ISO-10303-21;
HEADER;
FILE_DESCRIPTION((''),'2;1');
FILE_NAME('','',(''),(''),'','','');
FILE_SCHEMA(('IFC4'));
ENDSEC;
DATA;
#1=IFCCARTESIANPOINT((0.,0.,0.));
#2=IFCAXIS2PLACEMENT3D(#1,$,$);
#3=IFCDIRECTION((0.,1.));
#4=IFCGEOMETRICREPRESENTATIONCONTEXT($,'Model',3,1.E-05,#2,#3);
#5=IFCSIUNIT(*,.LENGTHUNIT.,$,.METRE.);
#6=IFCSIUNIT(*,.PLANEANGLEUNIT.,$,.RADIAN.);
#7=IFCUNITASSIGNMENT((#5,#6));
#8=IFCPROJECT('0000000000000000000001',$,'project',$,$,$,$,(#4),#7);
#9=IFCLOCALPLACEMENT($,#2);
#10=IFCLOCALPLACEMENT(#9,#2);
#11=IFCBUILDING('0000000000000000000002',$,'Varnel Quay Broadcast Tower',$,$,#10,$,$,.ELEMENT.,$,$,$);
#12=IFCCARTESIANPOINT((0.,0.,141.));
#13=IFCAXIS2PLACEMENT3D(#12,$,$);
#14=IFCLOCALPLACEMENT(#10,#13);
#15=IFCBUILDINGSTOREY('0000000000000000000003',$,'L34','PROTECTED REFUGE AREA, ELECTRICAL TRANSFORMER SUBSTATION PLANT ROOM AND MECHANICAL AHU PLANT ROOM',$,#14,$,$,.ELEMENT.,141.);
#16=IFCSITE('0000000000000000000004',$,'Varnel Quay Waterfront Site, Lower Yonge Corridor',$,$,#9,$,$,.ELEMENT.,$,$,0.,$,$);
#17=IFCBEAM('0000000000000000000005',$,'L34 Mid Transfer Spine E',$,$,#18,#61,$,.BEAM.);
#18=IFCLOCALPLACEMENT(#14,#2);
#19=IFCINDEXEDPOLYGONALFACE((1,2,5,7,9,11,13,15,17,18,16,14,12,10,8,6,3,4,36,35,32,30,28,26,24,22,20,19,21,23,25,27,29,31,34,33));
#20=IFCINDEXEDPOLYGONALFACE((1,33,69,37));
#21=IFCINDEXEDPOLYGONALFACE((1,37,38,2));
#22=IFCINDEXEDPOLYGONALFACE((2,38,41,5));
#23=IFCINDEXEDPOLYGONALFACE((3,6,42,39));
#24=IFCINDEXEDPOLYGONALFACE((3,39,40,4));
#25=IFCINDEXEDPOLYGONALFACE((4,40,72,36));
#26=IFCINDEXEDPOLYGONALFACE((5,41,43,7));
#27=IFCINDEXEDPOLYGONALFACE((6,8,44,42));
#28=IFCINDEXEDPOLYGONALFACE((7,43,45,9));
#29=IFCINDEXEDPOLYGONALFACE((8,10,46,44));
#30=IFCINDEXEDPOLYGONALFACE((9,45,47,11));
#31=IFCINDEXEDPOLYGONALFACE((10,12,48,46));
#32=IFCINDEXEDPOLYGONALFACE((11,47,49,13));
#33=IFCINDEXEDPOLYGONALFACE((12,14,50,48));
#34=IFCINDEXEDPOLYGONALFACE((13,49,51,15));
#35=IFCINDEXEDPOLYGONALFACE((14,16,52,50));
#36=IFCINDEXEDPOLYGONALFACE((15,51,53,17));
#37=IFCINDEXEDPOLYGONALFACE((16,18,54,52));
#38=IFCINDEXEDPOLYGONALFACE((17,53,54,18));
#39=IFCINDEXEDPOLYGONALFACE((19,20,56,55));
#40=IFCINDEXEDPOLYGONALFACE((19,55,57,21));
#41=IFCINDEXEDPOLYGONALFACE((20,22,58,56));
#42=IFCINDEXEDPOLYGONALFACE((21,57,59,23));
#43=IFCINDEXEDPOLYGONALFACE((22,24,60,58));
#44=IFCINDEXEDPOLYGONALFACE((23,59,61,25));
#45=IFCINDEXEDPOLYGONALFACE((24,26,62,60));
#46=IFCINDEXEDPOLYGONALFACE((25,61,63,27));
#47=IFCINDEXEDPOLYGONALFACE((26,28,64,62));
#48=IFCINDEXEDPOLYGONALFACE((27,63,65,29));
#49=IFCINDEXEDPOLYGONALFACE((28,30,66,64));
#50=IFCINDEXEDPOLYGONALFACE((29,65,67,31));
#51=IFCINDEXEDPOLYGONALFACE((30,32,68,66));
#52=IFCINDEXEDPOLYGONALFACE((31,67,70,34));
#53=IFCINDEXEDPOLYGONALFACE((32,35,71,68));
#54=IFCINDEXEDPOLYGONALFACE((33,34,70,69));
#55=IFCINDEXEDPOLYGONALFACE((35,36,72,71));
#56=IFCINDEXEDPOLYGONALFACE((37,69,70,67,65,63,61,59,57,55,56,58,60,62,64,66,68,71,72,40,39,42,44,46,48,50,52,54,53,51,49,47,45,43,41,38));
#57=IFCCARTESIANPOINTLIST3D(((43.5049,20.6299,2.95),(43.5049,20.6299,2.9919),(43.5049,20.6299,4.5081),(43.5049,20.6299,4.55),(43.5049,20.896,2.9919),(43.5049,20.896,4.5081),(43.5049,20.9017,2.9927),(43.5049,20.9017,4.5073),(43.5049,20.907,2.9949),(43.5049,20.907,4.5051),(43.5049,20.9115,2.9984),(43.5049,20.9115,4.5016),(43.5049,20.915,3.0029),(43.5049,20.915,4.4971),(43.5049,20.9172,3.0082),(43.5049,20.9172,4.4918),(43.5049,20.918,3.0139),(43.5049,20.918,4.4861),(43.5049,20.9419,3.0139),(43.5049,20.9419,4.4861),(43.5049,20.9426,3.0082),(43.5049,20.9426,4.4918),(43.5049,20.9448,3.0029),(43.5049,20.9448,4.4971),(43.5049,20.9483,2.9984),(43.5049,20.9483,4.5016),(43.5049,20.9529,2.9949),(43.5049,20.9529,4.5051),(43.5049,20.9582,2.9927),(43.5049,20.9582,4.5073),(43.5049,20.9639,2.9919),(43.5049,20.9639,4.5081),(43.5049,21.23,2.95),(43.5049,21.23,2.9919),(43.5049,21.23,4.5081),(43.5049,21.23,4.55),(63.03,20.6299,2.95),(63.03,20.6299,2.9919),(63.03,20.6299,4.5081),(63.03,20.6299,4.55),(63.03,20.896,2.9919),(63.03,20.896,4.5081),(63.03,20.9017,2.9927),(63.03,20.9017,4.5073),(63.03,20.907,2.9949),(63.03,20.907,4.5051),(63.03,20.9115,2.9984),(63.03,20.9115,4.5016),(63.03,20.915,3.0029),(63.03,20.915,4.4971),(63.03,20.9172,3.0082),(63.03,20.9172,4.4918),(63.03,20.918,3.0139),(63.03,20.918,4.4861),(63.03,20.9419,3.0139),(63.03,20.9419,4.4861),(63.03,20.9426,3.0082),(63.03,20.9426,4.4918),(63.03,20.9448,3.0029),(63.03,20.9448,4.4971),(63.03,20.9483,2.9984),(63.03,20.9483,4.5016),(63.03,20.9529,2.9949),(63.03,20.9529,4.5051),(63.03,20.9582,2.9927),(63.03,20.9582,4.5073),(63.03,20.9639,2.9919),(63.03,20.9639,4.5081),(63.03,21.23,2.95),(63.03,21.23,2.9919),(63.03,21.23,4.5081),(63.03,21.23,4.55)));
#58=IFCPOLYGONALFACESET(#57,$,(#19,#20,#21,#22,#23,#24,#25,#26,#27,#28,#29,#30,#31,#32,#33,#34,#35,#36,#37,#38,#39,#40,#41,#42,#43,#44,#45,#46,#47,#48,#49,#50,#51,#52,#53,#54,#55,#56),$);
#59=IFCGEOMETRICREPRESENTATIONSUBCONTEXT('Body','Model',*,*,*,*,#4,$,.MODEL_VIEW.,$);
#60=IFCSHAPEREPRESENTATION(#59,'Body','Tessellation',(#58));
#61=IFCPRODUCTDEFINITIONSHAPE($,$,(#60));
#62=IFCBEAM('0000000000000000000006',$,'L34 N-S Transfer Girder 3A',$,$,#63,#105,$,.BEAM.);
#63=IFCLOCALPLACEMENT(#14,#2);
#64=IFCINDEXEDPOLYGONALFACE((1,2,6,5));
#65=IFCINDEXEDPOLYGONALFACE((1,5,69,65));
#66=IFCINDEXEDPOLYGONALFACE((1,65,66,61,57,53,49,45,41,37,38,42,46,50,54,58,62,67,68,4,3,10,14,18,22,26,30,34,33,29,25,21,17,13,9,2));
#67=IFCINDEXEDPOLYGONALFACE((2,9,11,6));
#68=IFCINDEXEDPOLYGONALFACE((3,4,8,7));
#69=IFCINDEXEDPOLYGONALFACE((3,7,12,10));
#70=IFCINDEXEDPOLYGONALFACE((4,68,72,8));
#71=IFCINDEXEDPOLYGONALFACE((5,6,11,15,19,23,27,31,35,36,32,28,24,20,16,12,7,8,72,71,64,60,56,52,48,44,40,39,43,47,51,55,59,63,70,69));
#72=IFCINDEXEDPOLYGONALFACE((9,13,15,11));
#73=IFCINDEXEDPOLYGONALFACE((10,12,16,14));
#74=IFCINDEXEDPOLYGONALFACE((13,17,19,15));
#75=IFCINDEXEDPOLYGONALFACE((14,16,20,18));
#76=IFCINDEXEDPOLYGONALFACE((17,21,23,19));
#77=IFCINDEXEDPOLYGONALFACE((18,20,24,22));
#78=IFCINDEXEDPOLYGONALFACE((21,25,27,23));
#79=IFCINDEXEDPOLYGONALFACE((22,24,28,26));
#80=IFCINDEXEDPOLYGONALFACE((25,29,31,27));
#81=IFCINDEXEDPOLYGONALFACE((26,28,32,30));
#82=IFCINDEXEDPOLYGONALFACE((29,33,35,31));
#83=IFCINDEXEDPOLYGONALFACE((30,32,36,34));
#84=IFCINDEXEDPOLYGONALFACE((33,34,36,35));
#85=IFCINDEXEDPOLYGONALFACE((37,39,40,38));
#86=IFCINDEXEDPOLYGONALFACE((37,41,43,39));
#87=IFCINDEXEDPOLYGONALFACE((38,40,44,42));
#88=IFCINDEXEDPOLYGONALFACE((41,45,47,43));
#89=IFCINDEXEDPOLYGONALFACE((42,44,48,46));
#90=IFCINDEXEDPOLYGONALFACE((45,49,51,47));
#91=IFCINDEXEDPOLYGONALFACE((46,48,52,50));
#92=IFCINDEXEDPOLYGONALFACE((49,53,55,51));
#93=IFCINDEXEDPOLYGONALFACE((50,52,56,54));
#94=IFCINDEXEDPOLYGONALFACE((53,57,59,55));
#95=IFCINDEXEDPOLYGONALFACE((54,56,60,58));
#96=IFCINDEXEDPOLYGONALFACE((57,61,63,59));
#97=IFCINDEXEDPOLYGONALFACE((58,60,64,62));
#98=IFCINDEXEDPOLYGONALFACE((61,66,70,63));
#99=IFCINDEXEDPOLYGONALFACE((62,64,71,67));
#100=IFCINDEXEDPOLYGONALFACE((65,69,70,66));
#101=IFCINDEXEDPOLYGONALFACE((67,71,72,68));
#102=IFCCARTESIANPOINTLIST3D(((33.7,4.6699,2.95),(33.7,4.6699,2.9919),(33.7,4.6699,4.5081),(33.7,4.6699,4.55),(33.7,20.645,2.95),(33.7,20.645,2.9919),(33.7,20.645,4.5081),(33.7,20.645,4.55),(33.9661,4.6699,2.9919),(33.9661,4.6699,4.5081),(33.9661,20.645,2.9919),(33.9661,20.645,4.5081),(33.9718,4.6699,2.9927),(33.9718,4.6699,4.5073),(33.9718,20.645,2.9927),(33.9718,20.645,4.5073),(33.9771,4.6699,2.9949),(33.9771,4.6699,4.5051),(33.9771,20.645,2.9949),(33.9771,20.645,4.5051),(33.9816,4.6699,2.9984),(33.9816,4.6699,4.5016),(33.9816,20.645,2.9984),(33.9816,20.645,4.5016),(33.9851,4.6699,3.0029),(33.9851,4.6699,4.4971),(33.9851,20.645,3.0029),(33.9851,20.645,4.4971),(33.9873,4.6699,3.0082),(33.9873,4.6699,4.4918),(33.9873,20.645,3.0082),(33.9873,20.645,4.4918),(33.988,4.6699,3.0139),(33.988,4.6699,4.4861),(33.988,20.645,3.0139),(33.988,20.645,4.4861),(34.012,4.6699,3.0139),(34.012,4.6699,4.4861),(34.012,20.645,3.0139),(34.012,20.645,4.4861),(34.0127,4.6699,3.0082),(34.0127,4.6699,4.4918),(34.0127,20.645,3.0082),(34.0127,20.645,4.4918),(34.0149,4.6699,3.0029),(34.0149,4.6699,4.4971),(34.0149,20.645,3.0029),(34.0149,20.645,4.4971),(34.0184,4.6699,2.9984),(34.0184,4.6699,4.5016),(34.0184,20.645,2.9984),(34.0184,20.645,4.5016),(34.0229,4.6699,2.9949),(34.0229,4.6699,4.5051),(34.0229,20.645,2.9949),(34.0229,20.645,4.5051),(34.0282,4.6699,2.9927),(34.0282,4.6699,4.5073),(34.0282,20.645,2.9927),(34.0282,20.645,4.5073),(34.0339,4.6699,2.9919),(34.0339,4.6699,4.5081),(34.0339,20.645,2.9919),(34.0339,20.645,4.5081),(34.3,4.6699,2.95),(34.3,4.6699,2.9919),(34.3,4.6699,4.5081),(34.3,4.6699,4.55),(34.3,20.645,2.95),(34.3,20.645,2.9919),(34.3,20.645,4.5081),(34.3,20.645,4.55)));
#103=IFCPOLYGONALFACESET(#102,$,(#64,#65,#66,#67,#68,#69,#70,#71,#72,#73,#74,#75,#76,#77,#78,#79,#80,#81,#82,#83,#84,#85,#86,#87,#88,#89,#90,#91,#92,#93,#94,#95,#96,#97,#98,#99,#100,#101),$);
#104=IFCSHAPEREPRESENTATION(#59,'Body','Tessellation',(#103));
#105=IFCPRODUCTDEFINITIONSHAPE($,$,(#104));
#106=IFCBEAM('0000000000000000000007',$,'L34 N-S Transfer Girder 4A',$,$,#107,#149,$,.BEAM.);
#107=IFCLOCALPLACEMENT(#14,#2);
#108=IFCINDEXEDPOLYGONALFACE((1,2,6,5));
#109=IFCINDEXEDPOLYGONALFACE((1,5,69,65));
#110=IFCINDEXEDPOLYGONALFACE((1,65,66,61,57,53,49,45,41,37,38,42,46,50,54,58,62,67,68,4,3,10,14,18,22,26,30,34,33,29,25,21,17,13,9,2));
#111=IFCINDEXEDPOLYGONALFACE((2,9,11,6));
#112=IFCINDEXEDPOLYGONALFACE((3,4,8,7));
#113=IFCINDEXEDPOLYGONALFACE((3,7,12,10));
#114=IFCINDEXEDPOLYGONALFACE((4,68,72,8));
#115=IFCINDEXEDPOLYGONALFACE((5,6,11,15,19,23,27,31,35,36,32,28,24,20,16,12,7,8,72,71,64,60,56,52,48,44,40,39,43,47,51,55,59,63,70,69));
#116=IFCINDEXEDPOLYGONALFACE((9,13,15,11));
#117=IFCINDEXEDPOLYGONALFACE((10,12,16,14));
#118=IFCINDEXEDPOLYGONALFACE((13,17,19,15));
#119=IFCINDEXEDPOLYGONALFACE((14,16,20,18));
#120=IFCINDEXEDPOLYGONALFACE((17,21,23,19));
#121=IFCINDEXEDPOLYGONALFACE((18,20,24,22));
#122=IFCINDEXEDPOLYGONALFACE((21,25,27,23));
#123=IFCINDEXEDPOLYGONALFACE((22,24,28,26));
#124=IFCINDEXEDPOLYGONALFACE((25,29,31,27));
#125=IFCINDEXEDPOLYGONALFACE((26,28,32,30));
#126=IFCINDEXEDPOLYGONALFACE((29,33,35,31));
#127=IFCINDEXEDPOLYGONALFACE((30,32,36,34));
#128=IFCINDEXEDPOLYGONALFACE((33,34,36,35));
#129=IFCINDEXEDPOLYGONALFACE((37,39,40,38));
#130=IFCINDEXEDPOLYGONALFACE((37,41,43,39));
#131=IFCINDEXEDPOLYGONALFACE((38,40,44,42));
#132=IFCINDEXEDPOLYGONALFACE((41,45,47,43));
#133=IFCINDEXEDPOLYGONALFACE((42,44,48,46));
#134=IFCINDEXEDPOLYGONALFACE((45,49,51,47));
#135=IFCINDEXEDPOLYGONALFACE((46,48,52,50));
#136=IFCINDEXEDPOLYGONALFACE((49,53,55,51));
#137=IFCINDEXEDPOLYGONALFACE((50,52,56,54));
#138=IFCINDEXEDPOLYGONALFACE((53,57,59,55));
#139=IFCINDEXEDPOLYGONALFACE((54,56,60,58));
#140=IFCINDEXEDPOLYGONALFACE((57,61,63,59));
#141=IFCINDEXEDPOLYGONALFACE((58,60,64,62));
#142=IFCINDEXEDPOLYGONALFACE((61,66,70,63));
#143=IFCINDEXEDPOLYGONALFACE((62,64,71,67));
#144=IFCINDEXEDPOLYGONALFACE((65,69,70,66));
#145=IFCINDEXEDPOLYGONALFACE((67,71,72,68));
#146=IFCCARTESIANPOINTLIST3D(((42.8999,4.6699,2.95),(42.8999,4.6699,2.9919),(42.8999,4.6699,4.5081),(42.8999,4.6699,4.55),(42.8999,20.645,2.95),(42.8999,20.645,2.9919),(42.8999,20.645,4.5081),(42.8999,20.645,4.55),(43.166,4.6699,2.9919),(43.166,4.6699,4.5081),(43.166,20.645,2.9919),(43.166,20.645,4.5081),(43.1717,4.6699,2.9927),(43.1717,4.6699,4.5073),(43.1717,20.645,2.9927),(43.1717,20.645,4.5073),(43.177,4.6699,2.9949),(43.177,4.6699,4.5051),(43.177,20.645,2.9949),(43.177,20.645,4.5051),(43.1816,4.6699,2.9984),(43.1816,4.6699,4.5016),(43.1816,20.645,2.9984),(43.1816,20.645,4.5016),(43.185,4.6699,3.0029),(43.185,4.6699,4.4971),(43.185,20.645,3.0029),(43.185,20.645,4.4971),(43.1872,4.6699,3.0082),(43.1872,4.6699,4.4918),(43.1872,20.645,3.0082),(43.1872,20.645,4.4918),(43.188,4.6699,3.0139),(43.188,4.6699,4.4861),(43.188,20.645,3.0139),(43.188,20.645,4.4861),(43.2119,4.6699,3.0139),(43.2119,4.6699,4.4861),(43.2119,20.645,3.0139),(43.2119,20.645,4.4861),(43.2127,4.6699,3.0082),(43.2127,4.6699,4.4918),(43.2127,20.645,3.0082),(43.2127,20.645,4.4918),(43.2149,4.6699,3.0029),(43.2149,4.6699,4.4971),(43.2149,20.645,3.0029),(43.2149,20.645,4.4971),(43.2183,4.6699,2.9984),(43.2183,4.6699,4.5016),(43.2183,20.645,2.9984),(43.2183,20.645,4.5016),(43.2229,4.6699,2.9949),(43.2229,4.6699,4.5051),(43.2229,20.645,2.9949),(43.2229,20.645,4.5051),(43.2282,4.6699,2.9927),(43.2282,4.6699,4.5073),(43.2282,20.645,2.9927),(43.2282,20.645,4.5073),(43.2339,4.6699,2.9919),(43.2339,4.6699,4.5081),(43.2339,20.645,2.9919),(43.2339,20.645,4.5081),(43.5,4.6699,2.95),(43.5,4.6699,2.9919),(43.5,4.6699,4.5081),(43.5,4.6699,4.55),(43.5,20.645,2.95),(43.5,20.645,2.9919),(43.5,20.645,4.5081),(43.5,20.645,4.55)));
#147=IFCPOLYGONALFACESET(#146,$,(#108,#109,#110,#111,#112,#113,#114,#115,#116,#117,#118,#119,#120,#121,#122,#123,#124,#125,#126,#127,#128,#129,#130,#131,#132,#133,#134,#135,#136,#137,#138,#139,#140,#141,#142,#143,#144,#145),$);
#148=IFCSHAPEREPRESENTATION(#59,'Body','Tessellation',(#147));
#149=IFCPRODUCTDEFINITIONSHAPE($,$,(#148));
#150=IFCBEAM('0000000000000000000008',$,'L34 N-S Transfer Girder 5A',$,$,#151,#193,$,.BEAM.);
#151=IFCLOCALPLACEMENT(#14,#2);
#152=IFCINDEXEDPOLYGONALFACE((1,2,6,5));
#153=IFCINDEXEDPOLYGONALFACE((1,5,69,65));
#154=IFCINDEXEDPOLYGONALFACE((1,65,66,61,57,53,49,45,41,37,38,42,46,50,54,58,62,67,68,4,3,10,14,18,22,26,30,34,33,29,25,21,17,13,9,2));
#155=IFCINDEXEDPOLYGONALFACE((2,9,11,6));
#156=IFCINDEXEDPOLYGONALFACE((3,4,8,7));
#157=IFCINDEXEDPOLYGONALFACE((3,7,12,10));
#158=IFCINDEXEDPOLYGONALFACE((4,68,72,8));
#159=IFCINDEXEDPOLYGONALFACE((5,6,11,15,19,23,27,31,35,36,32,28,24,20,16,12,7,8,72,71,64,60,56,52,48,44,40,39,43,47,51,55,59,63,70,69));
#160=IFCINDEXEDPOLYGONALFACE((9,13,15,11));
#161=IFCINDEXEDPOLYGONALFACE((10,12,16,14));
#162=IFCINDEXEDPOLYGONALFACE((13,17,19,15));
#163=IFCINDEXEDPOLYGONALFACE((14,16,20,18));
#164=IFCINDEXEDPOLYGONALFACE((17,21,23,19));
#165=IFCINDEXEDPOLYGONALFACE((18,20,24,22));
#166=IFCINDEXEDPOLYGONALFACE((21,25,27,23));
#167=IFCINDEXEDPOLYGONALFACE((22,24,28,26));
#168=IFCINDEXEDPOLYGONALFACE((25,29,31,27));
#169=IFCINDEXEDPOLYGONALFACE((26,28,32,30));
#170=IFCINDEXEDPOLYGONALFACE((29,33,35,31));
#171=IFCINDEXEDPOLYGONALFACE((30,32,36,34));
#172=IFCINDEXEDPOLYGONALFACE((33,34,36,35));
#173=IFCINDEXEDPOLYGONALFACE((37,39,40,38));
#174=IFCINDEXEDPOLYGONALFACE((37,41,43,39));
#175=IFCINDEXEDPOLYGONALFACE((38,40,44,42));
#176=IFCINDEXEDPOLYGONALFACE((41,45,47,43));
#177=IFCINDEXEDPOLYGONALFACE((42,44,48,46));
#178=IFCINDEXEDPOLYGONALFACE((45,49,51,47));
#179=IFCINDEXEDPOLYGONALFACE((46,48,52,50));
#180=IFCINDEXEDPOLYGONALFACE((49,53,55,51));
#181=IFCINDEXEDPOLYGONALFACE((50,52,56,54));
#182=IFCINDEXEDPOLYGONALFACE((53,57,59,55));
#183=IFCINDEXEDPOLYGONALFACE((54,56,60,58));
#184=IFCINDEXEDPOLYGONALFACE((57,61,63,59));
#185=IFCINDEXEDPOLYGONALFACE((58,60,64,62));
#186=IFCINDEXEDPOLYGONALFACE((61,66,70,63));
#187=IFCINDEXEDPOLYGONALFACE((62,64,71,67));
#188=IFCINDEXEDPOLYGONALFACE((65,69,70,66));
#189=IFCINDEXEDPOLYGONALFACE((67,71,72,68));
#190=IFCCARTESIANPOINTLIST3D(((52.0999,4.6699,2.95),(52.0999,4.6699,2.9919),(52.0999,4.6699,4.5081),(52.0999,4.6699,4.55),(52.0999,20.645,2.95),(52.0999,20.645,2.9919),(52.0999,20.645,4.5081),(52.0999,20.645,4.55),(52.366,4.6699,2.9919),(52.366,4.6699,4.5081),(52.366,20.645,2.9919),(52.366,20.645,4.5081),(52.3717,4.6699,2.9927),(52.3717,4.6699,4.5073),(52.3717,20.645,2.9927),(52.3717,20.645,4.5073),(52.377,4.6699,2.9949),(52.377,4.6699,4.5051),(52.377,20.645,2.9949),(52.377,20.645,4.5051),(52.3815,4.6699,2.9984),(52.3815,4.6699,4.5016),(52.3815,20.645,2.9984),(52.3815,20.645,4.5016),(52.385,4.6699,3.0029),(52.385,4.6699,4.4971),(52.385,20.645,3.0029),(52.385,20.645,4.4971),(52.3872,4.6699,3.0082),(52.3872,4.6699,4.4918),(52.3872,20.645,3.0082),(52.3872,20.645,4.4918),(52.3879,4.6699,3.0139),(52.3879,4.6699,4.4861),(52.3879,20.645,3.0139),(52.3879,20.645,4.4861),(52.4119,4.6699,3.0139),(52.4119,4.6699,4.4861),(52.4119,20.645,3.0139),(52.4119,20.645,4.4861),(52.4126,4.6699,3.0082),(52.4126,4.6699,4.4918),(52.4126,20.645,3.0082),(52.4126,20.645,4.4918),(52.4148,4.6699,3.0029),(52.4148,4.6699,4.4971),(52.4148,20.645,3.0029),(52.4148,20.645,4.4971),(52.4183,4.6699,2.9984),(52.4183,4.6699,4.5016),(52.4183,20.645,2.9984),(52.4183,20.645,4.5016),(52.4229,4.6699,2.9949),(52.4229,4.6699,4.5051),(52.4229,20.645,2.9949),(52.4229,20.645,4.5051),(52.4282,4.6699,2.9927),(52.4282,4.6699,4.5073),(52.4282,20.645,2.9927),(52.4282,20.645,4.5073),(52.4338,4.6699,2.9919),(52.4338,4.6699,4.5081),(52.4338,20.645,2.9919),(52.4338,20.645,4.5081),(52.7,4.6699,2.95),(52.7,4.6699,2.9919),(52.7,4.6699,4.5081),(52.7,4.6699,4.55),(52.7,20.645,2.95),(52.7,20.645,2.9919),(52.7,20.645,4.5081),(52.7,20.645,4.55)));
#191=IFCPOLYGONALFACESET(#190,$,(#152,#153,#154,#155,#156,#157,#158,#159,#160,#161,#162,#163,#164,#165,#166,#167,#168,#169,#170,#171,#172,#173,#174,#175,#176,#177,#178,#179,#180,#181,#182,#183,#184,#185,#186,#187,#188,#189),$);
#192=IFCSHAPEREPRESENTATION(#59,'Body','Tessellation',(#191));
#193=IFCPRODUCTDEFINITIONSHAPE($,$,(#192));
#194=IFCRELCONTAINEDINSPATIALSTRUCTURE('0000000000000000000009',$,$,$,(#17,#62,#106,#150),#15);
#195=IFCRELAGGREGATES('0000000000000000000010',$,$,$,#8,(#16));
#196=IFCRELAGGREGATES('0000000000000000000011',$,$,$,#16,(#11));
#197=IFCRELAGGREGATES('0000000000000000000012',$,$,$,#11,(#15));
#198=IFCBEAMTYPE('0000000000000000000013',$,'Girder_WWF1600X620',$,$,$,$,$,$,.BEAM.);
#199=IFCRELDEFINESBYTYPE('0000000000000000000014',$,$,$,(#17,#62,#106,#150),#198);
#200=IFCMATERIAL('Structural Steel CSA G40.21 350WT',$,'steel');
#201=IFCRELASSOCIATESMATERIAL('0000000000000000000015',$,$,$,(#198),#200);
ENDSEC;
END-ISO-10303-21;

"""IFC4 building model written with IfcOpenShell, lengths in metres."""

from ifc_helpers import new_model, si_unit, direction, frame, origin, origin_2d, place, context, subcontext, project, spatial, i_section, extrude, source, transform, mapped, material, material_profile, profile_set, type_object, element, save


model = new_model("IFC4")

# Units and contexts
model_context = context("Model", 3, precision=1e-05, world=origin(), true_north=direction((0.0, 1.0)))
body_context = subcontext(model_context, "Body", "Model", "MODEL_VIEW")
ifc_project = project(units=[si_unit("LENGTHUNIT", "METRE"), si_unit("PLANEANGLEUNIT", "RADIAN")], contexts=[model_context])

# Site, building, storey
site_placement = place(None, origin())
site = spatial("IfcSite", under=ifc_project, at=site_placement, Name="Varnel Quay Waterfront Site, Lower Yonge Corridor", CompositionType="ELEMENT", RefElevation=0.0)
building_placement = place(site_placement, origin())
building = spatial("IfcBuilding", under=site, at=building_placement, Name="Varnel Quay Broadcast Tower", CompositionType="ELEMENT")
storey_placement = place(building_placement, frame((0.0, 0.0, 141.0)))
storey = spatial("IfcBuildingStorey", under=building, at=storey_placement, Name="L34", Description="PROTECTED REFUGE AREA, ELECTRICAL TRANSFORMER SUBSTATION PLANT ROOM AND MECHANICAL AHU PLANT ROOM", CompositionType="ELEMENT", Elevation=141.0)

# Beams
ifc_material_1 = material(Name="Structural Steel CSA G40.21 350WT", Category="steel")
ifc_material_profile_1 = material_profile(ifc_material_1, i_section(OverallWidth=0.6001, OverallDepth=1.6001, WebThickness=0.0239, FlangeThickness=0.042, FilletRadius=0.022, at=origin_2d()), Name="WWF1600X620")
ifc_profile_set_1 = profile_set([ifc_material_profile_1], Name="Structural Steel CSA G40.21 350WT")
beam_type_1 = type_object("IfcBeamType", Name="Girder_WWF1600X620", PredefinedType="BEAM", material=ifc_profile_set_1)
shared_shape_1 = source(origin(), body_context, "Body", "SweptSolid", [
    extrude(i_section(OverallWidth=0.6001, OverallDepth=1.6001, WebThickness=0.0239, FlangeThickness=0.042, FilletRadius=0.022, at=origin_2d()), origin(), (0.0, 0.0, 1.0), 19.5251),
])
beam_1_placement = place(storey_placement, frame((43.5049, 20.9299, 3.75), z_axis=(1.0, 0.0, 0.0), x_axis=(0.0, 1.0, 0.0)))
element("IfcBeam", 1, at=beam_1_placement, inside=storey, type_object=beam_type_1, Name="L34 Mid Transfer Spine E", PredefinedType="BEAM", context=body_context, shape_type="MappedRepresentation", body=[
    mapped(shared_shape_1, transform((0.0, 0.0, 0.0), x_axis=(1.0, 0.0, 0.0), y_axis=(0.0, 1.0, 0.0), z_axis=(0.0, 0.0, 1.0), scale=1.0)),
])
shared_shape_2 = source(origin(), body_context, "Body", "SweptSolid", [
    extrude(i_section(OverallWidth=0.6001, OverallDepth=1.6001, WebThickness=0.0239, FlangeThickness=0.042, FilletRadius=0.022, at=origin_2d()), origin(), (0.0, 0.0, 1.0), 15.9751),
])
for number, where, z_axis, x_axis, name in (
    (2, (34.0, 4.6699, 3.75), (0.0, 1.0, 0.0), (-1.0, 0.0, 0.0), "L34 N-S Transfer Girder 3A"),
    (3, (43.2, 4.6699, 3.75), (0.0, 1.0, 0.0), (-1.0, 0.0, 0.0), "L34 N-S Transfer Girder 4A"),
    (4, (52.3999, 4.6699, 3.75), (0.0, 1.0, 0.0), (-1.0, 0.0, 0.0), "L34 N-S Transfer Girder 5A"),
):
    element("IfcBeam", number, at=place(storey_placement, frame(where, z_axis=z_axis, x_axis=x_axis)), inside=storey, type_object=beam_type_1, Name=name, PredefinedType="BEAM", context=body_context, shape_type="MappedRepresentation", body=[
        mapped(shared_shape_2, transform((0.0, 0.0, 0.0), x_axis=(1.0, 0.0, 0.0), y_axis=(0.0, 1.0, 0.0), z_axis=(0.0, 0.0, 1.0), scale=1.0)),
    ])

save(model, "model.ifc")
